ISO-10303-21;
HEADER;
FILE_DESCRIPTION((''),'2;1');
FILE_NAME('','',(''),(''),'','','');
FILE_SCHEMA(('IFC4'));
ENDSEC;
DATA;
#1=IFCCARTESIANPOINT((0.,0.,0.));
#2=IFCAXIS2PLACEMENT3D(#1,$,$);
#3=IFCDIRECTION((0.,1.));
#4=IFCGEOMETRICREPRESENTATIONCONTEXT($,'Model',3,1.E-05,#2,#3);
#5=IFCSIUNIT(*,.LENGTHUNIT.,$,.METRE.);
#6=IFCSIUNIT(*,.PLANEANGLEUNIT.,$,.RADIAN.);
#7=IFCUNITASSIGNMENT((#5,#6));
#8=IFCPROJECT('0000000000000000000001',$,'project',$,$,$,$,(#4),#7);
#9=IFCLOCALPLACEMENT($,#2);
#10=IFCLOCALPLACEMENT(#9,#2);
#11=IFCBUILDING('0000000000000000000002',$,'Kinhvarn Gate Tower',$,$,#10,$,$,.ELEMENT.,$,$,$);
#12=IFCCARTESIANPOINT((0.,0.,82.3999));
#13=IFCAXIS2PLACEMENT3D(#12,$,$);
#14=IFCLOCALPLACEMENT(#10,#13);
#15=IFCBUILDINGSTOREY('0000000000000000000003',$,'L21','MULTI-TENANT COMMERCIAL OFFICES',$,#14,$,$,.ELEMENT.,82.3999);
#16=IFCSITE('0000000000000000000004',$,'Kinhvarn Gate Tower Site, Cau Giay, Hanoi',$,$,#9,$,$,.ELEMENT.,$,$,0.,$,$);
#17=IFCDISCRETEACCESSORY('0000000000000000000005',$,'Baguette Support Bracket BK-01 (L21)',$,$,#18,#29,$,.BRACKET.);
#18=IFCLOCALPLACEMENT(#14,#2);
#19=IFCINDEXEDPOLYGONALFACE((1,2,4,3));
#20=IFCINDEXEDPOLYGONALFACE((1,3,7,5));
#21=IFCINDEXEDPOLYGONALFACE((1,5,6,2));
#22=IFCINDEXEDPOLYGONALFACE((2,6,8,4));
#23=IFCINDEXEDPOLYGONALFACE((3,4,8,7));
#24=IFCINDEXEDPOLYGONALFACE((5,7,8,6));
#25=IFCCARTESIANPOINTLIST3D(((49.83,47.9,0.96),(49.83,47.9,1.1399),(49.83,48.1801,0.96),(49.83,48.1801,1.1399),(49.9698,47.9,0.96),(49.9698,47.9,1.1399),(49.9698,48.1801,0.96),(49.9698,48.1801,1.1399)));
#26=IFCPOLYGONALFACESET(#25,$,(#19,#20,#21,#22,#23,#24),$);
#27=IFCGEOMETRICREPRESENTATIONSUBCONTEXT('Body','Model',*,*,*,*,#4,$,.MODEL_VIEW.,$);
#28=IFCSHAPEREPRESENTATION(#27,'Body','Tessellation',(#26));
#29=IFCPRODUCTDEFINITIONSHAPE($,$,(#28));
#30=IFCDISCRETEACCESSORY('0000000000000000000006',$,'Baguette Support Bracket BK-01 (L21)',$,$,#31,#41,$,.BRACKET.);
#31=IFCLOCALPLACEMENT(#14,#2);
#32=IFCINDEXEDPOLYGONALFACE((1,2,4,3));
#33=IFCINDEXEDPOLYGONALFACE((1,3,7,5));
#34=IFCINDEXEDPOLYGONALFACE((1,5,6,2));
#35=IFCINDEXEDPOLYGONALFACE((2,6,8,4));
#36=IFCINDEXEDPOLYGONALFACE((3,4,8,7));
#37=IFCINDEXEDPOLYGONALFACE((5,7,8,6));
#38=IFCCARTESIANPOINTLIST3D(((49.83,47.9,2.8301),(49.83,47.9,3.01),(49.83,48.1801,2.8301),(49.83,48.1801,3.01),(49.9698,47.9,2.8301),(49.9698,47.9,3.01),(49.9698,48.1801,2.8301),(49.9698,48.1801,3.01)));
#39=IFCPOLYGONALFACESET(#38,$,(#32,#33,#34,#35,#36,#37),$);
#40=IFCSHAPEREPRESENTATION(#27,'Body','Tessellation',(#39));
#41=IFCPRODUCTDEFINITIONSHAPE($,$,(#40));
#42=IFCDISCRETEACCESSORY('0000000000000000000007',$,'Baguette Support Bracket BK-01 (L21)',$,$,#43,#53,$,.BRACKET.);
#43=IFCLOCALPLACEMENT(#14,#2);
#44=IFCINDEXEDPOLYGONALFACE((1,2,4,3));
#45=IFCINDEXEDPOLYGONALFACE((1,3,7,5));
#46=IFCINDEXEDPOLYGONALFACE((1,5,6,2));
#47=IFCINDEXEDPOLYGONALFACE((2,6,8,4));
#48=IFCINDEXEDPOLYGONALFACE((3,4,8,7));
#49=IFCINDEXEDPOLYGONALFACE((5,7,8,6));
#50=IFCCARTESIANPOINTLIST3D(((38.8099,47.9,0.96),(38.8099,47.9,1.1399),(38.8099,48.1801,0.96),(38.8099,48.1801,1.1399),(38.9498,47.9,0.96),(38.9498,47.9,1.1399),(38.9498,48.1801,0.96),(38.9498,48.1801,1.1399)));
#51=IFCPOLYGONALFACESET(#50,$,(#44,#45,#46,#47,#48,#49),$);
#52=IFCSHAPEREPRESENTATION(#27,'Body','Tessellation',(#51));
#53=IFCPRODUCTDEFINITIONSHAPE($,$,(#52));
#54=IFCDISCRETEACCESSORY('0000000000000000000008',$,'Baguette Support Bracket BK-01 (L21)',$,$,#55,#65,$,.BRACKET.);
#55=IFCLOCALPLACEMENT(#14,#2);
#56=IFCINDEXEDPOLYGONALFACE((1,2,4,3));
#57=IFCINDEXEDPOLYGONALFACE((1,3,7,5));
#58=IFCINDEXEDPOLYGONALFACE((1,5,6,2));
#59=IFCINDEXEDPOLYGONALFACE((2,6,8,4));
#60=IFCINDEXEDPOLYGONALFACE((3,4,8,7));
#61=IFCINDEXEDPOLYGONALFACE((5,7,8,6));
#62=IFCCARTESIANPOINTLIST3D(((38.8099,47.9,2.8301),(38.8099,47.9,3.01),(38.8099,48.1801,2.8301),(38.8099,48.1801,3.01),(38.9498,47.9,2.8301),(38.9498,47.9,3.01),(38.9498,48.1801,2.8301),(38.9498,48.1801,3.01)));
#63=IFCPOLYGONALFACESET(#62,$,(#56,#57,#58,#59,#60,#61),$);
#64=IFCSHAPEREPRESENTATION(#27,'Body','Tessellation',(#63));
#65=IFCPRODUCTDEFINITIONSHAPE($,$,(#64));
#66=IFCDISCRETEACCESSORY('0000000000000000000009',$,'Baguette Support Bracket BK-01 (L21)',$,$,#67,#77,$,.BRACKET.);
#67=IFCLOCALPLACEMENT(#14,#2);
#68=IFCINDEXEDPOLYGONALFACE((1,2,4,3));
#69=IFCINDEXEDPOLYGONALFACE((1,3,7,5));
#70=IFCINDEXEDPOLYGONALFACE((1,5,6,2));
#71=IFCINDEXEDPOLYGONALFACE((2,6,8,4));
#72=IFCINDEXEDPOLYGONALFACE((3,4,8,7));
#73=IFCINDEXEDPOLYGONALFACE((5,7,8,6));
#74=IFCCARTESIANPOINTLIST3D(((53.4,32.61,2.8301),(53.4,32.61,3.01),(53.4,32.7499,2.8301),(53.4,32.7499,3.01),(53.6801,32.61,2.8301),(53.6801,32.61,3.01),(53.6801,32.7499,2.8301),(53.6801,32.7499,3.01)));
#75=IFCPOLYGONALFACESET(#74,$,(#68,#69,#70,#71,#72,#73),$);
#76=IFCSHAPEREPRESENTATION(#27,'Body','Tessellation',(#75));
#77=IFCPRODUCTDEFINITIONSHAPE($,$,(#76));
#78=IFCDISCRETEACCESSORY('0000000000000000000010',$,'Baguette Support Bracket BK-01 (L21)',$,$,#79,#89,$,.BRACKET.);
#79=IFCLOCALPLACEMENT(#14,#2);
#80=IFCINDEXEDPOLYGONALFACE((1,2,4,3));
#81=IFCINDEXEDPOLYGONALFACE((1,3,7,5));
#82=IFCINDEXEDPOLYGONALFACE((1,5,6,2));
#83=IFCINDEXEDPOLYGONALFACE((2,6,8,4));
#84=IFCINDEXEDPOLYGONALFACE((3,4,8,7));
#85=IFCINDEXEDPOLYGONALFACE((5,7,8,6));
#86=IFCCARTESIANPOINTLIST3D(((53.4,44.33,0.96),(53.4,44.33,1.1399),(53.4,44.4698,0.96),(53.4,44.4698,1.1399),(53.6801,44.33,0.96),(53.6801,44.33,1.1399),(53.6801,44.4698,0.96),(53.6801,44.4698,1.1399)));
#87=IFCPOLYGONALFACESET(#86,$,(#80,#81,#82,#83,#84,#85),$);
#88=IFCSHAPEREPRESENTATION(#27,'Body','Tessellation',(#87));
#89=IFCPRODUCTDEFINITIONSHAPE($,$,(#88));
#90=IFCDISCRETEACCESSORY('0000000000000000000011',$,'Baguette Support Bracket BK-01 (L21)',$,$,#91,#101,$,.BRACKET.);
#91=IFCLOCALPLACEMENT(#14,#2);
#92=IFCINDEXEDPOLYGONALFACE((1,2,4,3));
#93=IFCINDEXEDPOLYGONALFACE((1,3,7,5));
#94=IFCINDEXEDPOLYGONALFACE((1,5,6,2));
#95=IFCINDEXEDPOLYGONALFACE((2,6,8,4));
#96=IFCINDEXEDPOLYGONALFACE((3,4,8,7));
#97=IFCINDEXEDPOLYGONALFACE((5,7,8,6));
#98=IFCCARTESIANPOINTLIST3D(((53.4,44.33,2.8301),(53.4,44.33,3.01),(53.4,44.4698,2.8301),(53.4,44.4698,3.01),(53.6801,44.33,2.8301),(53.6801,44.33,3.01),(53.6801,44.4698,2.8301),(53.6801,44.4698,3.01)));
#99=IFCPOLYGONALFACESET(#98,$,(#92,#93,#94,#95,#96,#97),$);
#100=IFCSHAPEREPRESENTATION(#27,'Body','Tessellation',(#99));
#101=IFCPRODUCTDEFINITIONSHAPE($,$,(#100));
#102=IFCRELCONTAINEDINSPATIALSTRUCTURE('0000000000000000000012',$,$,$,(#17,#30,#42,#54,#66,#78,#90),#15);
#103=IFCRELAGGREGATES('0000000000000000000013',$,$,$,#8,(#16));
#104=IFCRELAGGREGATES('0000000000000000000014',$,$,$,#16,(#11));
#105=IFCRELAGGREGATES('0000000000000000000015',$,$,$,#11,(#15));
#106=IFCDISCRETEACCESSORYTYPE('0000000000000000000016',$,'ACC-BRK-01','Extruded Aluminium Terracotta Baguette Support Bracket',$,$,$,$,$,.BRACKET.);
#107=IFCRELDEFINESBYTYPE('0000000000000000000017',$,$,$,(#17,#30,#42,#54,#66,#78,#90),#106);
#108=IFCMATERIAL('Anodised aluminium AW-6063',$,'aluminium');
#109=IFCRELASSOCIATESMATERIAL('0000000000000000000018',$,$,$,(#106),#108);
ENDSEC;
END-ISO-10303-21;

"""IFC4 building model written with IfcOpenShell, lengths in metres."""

from ifc_helpers import new_model, si_unit, direction, frame, origin, origin_2d, place, context, subcontext, project, spatial, rectangle, extrude, material, type_object, element, save


model = new_model("IFC4")

# Units and contexts
model_context = context("Model", 3, precision=1e-05, world=origin(), true_north=direction((0.0, 1.0)))
body_context = subcontext(model_context, "Body", "Model", "MODEL_VIEW")
ifc_project = project(units=[si_unit("LENGTHUNIT", "METRE"), si_unit("PLANEANGLEUNIT", "RADIAN")], contexts=[model_context])

# Site, building, storey
site_placement = place(None, origin())
site = spatial("IfcSite", under=ifc_project, at=site_placement, Name="Kinhvarn Gate Tower Site, Cau Giay, Hanoi", CompositionType="ELEMENT", RefElevation=0.0)
building_placement = place(site_placement, origin())
building = spatial("IfcBuilding", under=site, at=building_placement, Name="Kinhvarn Gate Tower", CompositionType="ELEMENT")
storey_placement = place(building_placement, frame((0.0, 0.0, 82.3999)))
storey = spatial("IfcBuildingStorey", under=building, at=storey_placement, Name="L21", Description="MULTI-TENANT COMMERCIAL OFFICES", CompositionType="ELEMENT", Elevation=82.3999)

# Shared definitions
ifc_material_1 = material(Name="Anodised aluminium AW-6063", Category="aluminium")

# Discrete accessories
discrete_accessory_type = type_object("IfcDiscreteAccessoryType", Name="ACC-BRK-01", Description="Extruded Aluminium Terracotta Baguette Support Bracket", PredefinedType="BRACKET", material=ifc_material_1)
for number, where, z_axis, x_axis, name in (
    (1, (49.8999, 48.04, 0.96), (0.0, 0.0, 1.0), (-1.0, 0.0, 0.0), "Baguette Support Bracket BK-01 (L21)"),
    (2, (49.8999, 48.04, 2.8301), (0.0, 0.0, 1.0), (-1.0, 0.0, 0.0), "Baguette Support Bracket BK-01 (L21)"),
    (3, (38.8799, 48.04, 0.96), (0.0, 0.0, 1.0), (-1.0, 0.0, 0.0), "Baguette Support Bracket BK-01 (L21)"),
    (4, (38.8799, 48.04, 2.8301), (0.0, 0.0, 1.0), (-1.0, 0.0, 0.0), "Baguette Support Bracket BK-01 (L21)"),
    (5, (53.54, 32.6799, 2.8301), (0.0, 0.0, 1.0), (0.0, 1.0, 0.0), "Baguette Support Bracket BK-01 (L21)"),
    (6, (53.54, 44.3999, 0.96), (0.0, 0.0, 1.0), (0.0, 1.0, 0.0), "Baguette Support Bracket BK-01 (L21)"),
    (7, (53.54, 44.3999, 2.8301), (0.0, 0.0, 1.0), (0.0, 1.0, 0.0), "Baguette Support Bracket BK-01 (L21)"),
):
    element("IfcDiscreteAccessory", number, at=place(storey_placement, frame(where, z_axis=z_axis, x_axis=x_axis)), inside=storey, type_object=discrete_accessory_type, Name=name, PredefinedType="BRACKET", context=body_context, shape_type="SweptSolid", body=[
        extrude(rectangle(XDim=0.1399, YDim=0.28, at=origin_2d()), origin(), (0.0, 0.0, 1.0), 0.1799),
    ])

save(model, "model.ifc")
